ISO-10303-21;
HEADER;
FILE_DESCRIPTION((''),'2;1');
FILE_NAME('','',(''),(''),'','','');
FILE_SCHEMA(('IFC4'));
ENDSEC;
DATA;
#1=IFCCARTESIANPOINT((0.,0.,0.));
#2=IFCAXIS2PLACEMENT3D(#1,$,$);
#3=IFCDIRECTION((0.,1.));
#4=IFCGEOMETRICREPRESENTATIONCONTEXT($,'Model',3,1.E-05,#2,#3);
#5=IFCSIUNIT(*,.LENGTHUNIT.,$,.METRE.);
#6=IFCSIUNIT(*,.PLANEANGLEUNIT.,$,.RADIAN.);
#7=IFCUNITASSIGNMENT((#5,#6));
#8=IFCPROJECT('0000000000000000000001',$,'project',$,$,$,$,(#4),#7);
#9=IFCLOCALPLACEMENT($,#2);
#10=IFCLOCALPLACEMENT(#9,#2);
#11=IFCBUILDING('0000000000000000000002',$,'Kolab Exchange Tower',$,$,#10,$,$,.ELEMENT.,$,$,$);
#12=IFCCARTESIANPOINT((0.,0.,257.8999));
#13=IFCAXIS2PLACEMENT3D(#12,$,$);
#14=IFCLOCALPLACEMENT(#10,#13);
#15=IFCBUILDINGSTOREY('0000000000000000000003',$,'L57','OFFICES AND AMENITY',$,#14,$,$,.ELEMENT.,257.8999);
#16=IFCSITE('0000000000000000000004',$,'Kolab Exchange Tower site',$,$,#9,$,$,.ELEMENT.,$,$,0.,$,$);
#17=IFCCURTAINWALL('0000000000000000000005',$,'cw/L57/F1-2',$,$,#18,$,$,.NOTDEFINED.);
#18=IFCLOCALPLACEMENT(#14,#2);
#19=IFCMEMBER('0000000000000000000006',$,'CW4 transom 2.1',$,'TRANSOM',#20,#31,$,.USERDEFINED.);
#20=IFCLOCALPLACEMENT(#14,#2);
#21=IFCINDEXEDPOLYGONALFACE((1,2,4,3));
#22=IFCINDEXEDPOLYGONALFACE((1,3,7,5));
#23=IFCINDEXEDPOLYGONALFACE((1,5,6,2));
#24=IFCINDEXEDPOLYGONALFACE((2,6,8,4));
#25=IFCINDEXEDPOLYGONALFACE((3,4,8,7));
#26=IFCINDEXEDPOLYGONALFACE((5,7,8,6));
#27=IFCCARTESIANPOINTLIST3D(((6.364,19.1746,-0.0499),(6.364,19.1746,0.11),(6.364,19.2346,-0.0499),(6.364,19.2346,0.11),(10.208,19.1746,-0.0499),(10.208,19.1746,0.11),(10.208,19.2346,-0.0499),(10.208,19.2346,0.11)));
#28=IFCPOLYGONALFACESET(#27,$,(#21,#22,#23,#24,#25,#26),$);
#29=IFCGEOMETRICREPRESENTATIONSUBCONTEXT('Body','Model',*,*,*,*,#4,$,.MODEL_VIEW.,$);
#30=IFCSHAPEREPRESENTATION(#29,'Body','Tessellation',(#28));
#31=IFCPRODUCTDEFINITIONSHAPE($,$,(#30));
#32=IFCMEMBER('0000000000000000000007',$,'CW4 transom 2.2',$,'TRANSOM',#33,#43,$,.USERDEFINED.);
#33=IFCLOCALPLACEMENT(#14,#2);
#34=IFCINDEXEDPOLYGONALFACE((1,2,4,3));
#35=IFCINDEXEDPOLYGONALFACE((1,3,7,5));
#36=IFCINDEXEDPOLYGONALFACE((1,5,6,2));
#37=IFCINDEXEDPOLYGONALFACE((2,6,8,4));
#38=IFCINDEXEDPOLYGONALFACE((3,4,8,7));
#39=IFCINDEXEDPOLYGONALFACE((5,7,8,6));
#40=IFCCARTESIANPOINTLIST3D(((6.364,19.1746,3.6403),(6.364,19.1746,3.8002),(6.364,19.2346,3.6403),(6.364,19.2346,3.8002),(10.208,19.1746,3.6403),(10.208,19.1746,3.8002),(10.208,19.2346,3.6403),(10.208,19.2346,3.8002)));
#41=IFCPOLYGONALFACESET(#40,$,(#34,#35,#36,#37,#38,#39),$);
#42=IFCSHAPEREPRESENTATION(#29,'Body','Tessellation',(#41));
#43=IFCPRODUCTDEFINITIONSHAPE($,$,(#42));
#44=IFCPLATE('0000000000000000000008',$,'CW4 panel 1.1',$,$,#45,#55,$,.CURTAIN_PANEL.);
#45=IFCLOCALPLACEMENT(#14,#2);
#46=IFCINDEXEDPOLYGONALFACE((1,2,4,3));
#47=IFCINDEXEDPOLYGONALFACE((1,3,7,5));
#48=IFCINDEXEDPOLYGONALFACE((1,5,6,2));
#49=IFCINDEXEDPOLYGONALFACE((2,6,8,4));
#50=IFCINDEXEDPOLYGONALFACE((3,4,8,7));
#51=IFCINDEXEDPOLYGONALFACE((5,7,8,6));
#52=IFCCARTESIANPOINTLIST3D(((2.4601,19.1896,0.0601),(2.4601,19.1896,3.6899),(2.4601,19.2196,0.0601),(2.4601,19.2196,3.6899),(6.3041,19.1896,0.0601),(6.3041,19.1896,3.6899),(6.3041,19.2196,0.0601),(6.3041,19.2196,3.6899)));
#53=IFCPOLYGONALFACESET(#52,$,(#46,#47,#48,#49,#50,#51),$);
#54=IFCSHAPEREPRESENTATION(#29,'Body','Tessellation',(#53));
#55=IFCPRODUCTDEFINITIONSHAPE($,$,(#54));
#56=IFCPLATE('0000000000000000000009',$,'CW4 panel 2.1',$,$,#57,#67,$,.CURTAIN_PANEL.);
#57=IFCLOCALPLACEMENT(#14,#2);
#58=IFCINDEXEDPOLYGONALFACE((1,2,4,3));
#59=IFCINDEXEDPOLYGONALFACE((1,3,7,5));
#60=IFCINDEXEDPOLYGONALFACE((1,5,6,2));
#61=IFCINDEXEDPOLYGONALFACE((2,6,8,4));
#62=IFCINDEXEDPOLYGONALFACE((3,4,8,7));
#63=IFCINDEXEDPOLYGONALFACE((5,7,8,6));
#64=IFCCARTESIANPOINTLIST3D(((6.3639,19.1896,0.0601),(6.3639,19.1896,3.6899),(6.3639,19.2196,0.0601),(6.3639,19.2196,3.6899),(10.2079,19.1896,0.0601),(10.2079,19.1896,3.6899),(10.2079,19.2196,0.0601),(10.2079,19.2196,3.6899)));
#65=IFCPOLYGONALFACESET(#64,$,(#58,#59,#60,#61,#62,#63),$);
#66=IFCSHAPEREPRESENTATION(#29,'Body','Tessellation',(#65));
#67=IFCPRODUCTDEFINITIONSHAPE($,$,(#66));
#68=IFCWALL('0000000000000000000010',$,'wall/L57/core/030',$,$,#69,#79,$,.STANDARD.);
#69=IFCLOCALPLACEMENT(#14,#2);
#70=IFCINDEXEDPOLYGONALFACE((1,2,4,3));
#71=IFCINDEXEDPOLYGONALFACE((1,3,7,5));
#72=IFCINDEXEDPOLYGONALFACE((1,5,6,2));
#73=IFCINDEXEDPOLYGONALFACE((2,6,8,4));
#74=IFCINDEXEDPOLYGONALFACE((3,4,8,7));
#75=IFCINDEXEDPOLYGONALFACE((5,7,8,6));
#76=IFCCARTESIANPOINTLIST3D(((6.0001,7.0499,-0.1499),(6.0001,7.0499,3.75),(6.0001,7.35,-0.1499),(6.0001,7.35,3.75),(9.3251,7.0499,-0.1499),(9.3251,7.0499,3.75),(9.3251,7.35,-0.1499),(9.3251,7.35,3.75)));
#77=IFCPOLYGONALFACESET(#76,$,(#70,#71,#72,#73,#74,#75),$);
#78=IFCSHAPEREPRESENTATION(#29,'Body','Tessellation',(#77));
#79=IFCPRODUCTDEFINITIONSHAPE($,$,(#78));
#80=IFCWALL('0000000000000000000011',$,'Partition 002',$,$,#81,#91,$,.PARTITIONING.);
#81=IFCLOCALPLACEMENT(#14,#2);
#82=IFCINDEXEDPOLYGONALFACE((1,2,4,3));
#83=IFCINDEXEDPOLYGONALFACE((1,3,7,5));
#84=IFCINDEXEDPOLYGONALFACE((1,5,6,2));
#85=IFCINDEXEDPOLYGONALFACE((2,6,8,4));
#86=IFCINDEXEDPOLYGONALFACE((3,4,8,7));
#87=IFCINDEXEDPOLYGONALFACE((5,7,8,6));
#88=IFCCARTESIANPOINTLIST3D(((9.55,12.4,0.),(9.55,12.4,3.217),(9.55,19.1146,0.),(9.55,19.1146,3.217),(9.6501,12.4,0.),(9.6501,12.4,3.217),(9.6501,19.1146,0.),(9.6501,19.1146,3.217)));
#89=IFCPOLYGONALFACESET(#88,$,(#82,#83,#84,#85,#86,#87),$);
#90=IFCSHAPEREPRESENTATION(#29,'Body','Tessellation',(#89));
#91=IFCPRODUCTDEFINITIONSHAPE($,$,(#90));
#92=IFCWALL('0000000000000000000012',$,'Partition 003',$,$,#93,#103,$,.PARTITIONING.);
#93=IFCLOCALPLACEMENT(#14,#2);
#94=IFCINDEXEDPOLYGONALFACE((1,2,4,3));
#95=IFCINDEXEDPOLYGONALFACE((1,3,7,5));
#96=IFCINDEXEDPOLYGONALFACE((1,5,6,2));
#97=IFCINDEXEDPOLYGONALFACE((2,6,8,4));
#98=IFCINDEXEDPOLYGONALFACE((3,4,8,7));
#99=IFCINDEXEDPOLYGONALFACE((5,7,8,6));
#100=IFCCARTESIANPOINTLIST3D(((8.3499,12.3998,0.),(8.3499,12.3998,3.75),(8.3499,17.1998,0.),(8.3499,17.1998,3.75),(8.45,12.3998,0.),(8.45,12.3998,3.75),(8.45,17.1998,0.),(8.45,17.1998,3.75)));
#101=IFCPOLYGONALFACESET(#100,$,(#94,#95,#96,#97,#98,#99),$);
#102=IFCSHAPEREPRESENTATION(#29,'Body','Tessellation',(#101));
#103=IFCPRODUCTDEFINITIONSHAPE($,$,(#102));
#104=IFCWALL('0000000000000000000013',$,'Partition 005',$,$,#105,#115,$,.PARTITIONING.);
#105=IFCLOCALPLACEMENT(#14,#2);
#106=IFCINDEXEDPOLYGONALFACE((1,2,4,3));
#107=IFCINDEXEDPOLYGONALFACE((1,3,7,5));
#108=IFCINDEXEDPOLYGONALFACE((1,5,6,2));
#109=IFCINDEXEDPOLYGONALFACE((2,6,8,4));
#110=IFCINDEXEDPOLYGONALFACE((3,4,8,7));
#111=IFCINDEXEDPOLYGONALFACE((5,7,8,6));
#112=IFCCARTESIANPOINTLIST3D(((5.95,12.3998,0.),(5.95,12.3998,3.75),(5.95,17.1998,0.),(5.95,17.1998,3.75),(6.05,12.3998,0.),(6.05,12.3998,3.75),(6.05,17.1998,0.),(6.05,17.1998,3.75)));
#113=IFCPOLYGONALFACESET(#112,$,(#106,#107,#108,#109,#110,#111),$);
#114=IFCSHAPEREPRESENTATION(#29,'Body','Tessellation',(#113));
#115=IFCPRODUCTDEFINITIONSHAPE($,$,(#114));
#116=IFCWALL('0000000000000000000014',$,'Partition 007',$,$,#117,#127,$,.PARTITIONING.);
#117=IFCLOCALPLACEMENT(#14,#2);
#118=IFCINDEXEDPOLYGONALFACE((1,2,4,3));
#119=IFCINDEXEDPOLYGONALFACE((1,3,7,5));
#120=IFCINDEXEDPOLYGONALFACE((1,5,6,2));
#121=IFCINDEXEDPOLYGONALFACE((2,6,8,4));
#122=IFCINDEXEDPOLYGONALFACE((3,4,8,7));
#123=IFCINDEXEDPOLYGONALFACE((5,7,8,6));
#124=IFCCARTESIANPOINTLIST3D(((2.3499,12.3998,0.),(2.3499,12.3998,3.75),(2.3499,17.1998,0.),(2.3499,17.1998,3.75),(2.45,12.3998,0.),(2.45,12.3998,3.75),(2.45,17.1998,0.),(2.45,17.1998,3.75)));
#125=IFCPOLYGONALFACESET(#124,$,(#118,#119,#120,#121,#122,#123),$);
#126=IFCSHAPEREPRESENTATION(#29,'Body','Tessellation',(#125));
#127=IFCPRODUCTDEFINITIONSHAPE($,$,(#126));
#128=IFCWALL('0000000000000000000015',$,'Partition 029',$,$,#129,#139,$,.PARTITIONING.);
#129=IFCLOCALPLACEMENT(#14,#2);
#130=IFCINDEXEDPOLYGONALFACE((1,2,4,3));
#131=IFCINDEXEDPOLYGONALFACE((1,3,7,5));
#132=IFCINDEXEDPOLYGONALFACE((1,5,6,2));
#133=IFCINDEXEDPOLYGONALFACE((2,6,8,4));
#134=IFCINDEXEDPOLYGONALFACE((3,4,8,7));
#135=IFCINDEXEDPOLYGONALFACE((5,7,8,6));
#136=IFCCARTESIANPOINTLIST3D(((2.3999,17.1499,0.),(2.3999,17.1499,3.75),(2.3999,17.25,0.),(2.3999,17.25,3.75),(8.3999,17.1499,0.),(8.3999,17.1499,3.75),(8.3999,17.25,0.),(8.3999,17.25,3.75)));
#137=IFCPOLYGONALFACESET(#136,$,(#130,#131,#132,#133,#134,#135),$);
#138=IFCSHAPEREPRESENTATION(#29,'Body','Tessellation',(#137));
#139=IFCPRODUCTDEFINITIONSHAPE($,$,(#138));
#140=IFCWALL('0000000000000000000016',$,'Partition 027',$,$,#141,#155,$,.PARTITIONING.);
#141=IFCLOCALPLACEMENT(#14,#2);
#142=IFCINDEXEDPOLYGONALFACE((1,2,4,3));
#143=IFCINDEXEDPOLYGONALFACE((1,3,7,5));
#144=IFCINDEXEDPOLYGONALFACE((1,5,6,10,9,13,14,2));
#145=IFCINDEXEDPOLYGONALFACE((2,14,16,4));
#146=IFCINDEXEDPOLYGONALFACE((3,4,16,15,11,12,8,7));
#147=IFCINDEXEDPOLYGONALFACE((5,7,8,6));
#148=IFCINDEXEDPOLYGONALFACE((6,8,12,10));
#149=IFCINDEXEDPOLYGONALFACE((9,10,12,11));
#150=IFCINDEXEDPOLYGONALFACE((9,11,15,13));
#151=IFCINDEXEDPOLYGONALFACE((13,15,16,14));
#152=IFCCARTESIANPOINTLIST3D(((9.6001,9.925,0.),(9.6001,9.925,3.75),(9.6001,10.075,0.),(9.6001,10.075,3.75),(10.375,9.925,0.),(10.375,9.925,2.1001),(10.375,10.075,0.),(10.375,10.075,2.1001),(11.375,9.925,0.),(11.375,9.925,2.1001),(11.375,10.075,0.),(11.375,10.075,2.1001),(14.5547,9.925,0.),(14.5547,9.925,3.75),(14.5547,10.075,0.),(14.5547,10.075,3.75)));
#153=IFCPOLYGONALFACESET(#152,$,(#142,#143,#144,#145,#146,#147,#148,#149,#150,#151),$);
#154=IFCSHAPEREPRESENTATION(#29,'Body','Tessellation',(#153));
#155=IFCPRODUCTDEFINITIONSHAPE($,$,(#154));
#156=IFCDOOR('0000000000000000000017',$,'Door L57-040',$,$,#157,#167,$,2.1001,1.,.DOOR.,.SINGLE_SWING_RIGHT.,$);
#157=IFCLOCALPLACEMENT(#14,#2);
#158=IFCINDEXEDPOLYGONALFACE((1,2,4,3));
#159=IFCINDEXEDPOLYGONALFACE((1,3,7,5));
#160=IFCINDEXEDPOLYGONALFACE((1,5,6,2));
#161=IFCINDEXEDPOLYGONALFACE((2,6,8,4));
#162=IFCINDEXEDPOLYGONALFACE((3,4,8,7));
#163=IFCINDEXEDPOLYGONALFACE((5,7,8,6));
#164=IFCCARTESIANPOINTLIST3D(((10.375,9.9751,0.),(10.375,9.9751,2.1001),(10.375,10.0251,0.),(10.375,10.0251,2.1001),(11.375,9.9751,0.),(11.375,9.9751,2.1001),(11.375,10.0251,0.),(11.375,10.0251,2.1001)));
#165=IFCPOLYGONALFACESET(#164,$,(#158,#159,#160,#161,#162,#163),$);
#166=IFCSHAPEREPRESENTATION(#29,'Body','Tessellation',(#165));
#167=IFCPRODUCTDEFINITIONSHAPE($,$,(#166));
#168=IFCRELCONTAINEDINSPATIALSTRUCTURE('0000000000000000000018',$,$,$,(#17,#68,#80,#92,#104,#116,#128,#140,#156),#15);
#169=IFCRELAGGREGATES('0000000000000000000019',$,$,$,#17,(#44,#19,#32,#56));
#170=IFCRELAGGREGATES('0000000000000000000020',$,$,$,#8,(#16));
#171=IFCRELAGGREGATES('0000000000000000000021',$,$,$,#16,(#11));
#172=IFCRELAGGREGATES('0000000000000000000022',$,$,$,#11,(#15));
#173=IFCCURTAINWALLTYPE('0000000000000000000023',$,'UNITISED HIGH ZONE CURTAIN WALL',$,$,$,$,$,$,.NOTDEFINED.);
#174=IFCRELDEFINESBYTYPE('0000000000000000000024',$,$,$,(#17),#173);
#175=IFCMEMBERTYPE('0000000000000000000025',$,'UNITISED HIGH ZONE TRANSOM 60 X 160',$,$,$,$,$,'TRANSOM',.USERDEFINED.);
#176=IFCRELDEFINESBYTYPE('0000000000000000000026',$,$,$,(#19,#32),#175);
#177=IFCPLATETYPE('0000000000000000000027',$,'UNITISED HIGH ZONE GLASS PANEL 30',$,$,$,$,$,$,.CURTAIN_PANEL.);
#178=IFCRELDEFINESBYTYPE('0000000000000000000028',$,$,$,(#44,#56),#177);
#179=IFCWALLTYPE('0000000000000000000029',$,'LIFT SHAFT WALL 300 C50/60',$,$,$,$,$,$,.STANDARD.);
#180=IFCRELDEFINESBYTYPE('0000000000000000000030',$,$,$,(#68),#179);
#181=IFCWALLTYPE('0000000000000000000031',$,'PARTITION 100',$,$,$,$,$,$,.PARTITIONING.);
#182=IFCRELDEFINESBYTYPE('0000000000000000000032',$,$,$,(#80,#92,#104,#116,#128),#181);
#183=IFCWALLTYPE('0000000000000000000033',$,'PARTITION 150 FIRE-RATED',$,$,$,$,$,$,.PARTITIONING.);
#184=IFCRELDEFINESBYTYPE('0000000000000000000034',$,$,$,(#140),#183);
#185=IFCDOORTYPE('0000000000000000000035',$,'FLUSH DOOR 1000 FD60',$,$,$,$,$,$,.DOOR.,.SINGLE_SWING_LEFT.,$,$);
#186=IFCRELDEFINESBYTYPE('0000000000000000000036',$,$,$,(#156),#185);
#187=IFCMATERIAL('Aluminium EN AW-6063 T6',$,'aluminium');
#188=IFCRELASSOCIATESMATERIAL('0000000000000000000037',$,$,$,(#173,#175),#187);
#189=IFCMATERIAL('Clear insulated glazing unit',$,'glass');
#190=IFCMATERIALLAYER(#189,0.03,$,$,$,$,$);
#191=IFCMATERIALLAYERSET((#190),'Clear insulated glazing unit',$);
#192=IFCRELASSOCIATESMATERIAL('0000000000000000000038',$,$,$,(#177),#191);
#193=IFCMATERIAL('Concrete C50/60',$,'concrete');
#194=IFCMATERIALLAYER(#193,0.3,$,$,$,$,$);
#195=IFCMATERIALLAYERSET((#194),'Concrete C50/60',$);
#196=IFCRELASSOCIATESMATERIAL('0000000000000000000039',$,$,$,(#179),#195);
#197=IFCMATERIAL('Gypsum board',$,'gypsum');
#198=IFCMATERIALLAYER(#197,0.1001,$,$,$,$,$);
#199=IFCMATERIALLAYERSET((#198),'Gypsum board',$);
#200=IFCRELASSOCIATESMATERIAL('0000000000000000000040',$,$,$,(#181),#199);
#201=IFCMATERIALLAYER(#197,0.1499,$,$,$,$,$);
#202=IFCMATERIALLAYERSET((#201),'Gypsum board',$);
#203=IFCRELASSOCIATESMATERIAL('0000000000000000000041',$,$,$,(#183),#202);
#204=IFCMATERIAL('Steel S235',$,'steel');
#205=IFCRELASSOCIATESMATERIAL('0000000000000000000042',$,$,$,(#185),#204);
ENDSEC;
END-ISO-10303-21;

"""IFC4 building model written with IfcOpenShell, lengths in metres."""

from ifc_helpers import new_model, si_unit, direction, frame, frame_2d, origin, origin_2d, place, context, subcontext, project, spatial, rectangle, extrude, material, layer, layer_set, material_profile, profile_set, type_object, element, fill, aggregate, save


model = new_model("IFC4")

# Units and contexts
model_context = context("Model", 3, precision=1e-05, world=origin(), true_north=direction((0.0, 1.0)))
body_context = subcontext(model_context, "Body", "Model", "MODEL_VIEW")
ifc_project = project(units=[si_unit("LENGTHUNIT", "METRE"), si_unit("PLANEANGLEUNIT", "RADIAN")], contexts=[model_context])

# Site, building, storey
site_placement = place(None, origin())
site = spatial("IfcSite", under=ifc_project, at=site_placement, Name="Kolab Exchange Tower site", CompositionType="ELEMENT", RefElevation=0.0)
building_placement = place(site_placement, origin())
building = spatial("IfcBuilding", under=site, at=building_placement, Name="Kolab Exchange Tower", CompositionType="ELEMENT")
storey_placement = place(building_placement, frame((0.0, 0.0, 257.8999)))
storey = spatial("IfcBuildingStorey", under=building, at=storey_placement, Name="L57", Description="OFFICES AND AMENITY", CompositionType="ELEMENT", Elevation=257.8999)

# Shared definitions
ifc_material_1 = material(Name="Concrete C50/60", Category="concrete")

# Curtain wall, members, plates
ifc_material_2 = material(Name="Aluminium EN AW-6063 T6", Category="aluminium")
curtain_wall_type = type_object("IfcCurtainWallType", Name="UNITISED HIGH ZONE CURTAIN WALL", PredefinedType="NOTDEFINED", material=ifc_material_2)
curtain_wall_placement = place(storey_placement, origin())
curtain_wall = element("IfcCurtainWall", 1, at=curtain_wall_placement, inside=storey, type_object=curtain_wall_type, Name="cw/L57/F1-2", PredefinedType="NOTDEFINED")
ifc_material_profile_1 = material_profile(ifc_material_2, rectangle(XDim=0.0601, YDim=0.1599, at=origin_2d()), Name="RECT 60X160")
ifc_profile_set_1 = profile_set([ifc_material_profile_1], Name="Aluminium EN AW-6063 T6")
member_type_1 = type_object("IfcMemberType", Name="UNITISED HIGH ZONE TRANSOM 60 X 160", ElementType="TRANSOM", PredefinedType="USERDEFINED", material=ifc_profile_set_1)
member_1_placement = place(storey_placement, frame((6.364, 19.2046, 0.03), z_axis=(1.0, 0.0, 0.0), x_axis=(0.0, 1.0, 0.0)))
member_1 = element("IfcMember", 2, at=member_1_placement, type_object=member_type_1, Name="CW4 transom 2.1", ObjectType="TRANSOM", PredefinedType="USERDEFINED", context=body_context, shape_type="SweptSolid", body=[
    extrude(rectangle(XDim=0.0601, YDim=0.1599, at=origin_2d()), origin(), (0.0, 0.0, 1.0), 3.844),
])
member_2_placement = place(storey_placement, frame((6.364, 19.2046, 3.7202), z_axis=(1.0, 0.0, 0.0), x_axis=(0.0, 1.0, 0.0)))
member_2 = element("IfcMember", 3, at=member_2_placement, type_object=member_type_1, Name="CW4 transom 2.2", ObjectType="TRANSOM", PredefinedType="USERDEFINED", context=body_context, shape_type="SweptSolid", body=[
    extrude(rectangle(XDim=0.0601, YDim=0.1599, at=origin_2d()), origin(), (0.0, 0.0, 1.0), 3.844),
])
ifc_material_3 = material(Name="Clear insulated glazing unit", Category="glass")
ifc_layer_1 = layer(ifc_material_3, 0.03)
ifc_layer_set_1 = layer_set([ifc_layer_1], Name="Clear insulated glazing unit")
plate_type = type_object("IfcPlateType", Name="UNITISED HIGH ZONE GLASS PANEL 30", PredefinedType="CURTAIN_PANEL", material=ifc_layer_set_1)
plate_1_placement = place(storey_placement, frame((4.3821, 19.2046, 0.0601), z_axis=(0.0, 0.0, 1.0), x_axis=(1.0, 0.0, 0.0)))
plate_1 = element("IfcPlate", 4, at=plate_1_placement, type_object=plate_type, Name="CW4 panel 1.1", PredefinedType="CURTAIN_PANEL", context=body_context, shape_type="SweptSolid", body=[
    extrude(rectangle(XDim=3.844, YDim=0.03, at=origin_2d()), origin(), (0.0, 0.0, 1.0), 3.6299),
])
plate_2_placement = place(storey_placement, frame((8.2859, 19.2046, 0.0601), z_axis=(0.0, 0.0, 1.0), x_axis=(1.0, 0.0, 0.0)))
plate_2 = element("IfcPlate", 5, at=plate_2_placement, type_object=plate_type, Name="CW4 panel 2.1", PredefinedType="CURTAIN_PANEL", context=body_context, shape_type="SweptSolid", body=[
    extrude(rectangle(XDim=3.844, YDim=0.03, at=origin_2d()), origin(), (0.0, 0.0, 1.0), 3.6299),
])
aggregate(curtain_wall, [plate_1, member_1, member_2, plate_2])

# Walls
ifc_layer_2 = layer(ifc_material_1, 0.3)
ifc_layer_set_2 = layer_set([ifc_layer_2], Name="Concrete C50/60")
wall_type_1 = type_object("IfcWallType", Name="LIFT SHAFT WALL 300 C50/60", PredefinedType="STANDARD", material=ifc_layer_set_2)
wall_1_placement = place(storey_placement, frame((6.0, 7.2, -0.1499), z_axis=(0.0, 0.0, 1.0), x_axis=(1.0, 0.0, 0.0)))
element("IfcWall", 6, at=wall_1_placement, inside=storey, type_object=wall_type_1, Name="wall/L57/core/030", PredefinedType="STANDARD", context=body_context, shape_type="SweptSolid", body=[
    extrude(rectangle(XDim=3.325, YDim=0.3, at=frame_2d((1.6626, 0.0))), origin(), (0.0, 0.0, 1.0), 3.8999),
])
ifc_material_4 = material(Name="Gypsum board", Category="gypsum")
ifc_layer_3 = layer(ifc_material_4, 0.1001)
ifc_layer_set_3 = layer_set([ifc_layer_3], Name="Gypsum board")
wall_type_2 = type_object("IfcWallType", Name="PARTITION 100", PredefinedType="PARTITIONING", material=ifc_layer_set_3)
wall_2_placement = place(storey_placement, frame((9.6001, 12.3999, 0.0), z_axis=(0.0, 0.0, 1.0), x_axis=(0.0, 1.0, 0.0)))
element("IfcWall", 7, at=wall_2_placement, inside=storey, type_object=wall_type_2, Name="Partition 002", PredefinedType="PARTITIONING", context=body_context, shape_type="SweptSolid", body=[
    extrude(rectangle(XDim=6.7146, YDim=0.1001, at=frame_2d((3.3574, 0.0))), origin(), (0.0, 0.0, 1.0), 3.217),
])
for number, where, z_axis, x_axis, name in (
    (8, (8.3999, 12.3999, 0.0), (0.0, 0.0, 1.0), (0.0, 1.0, 0.0), "Partition 003"),
    (9, (6.0, 12.3999, 0.0), (0.0, 0.0, 1.0), (0.0, 1.0, 0.0), "Partition 005"),
    (10, (2.3999, 12.3999, 0.0), (0.0, 0.0, 1.0), (0.0, 1.0, 0.0), "Partition 007"),
):
    element("IfcWall", number, at=place(storey_placement, frame(where, z_axis=z_axis, x_axis=x_axis)), inside=storey, type_object=wall_type_2, Name=name, PredefinedType="PARTITIONING", context=body_context, shape_type="SweptSolid", body=[
        extrude(rectangle(XDim=4.8, YDim=0.1001, at=frame_2d((2.3999, 0.0))), origin(), (0.0, 0.0, 1.0), 3.75),
    ])
wall_3_placement = place(storey_placement, frame((2.3999, 17.2, 0.0), z_axis=(0.0, 0.0, 1.0), x_axis=(1.0, 0.0, 0.0)))
element("IfcWall", 11, at=wall_3_placement, inside=storey, type_object=wall_type_2, Name="Partition 029", PredefinedType="PARTITIONING", context=body_context, shape_type="SweptSolid", body=[
    extrude(rectangle(XDim=6.0, YDim=0.1001, at=frame_2d((3.0, 0.0))), origin(), (0.0, 0.0, 1.0), 3.75),
])

# Wall, opening, door
ifc_layer_4 = layer(ifc_material_4, 0.1499)
ifc_layer_set_4 = layer_set([ifc_layer_4], Name="Gypsum board")
wall_type_3 = type_object("IfcWallType", Name="PARTITION 150 FIRE-RATED", PredefinedType="PARTITIONING", material=ifc_layer_set_4)
wall_4_placement = place(storey_placement, frame((9.6001, 10.0, 0.0), z_axis=(0.0, 0.0, 1.0), x_axis=(1.0, 0.0, 0.0)))
wall_4 = element("IfcWall", 12, at=wall_4_placement, inside=storey, type_object=wall_type_3, Name="Partition 027", PredefinedType="PARTITIONING", context=body_context, shape_type="SweptSolid", body=[
    extrude(rectangle(XDim=4.9546, YDim=0.1499, at=frame_2d((2.4773, 0.0))), origin(), (0.0, 0.0, 1.0), 3.75),
])
opening_placement = place(wall_4_placement, frame((0.7749, 0.0, 0.0)))
opening = element("IfcOpeningElement", 13, at=opening_placement, cuts=wall_4, PredefinedType="OPENING", context=body_context, shape_type="SweptSolid", body=[
    extrude(rectangle(XDim=1.0, YDim=2.1001, at=frame_2d((0.5, 1.05))), frame((0.0, 0.085, 0.0), z_axis=(0.0, -1.0, 0.0), x_axis=(1.0, 0.0, 0.0)), (0.0, 0.0, 1.0), 0.1699),
])
ifc_material_5 = material(Name="Steel S235", Category="steel")
door_type = type_object("IfcDoorType", Name="FLUSH DOOR 1000 FD60", OperationType="SINGLE_SWING_LEFT", PredefinedType="DOOR", material=ifc_material_5)
door_placement = place(opening_placement, frame((1.0, 0.0, 0.0), z_axis=(0.0, 0.0, 1.0), x_axis=(-1.0, 0.0, 0.0)))
door = element("IfcDoor", 14, at=door_placement, inside=storey, type_object=door_type, Name="Door L57-040", OperationType="SINGLE_SWING_RIGHT", OverallHeight=2.1001, OverallWidth=1.0, PredefinedType="DOOR", context=body_context, shape_type="SweptSolid", body=[
    extrude(rectangle(XDim=1.0, YDim=2.1001, at=frame_2d((0.5, 1.05))), frame((0.0, 0.0249, 0.0), z_axis=(0.0, -1.0, 0.0), x_axis=(1.0, 0.0, 0.0)), (0.0, 0.0, 1.0), 0.05),
])
fill(opening, door)

save(model, "model.ifc")
